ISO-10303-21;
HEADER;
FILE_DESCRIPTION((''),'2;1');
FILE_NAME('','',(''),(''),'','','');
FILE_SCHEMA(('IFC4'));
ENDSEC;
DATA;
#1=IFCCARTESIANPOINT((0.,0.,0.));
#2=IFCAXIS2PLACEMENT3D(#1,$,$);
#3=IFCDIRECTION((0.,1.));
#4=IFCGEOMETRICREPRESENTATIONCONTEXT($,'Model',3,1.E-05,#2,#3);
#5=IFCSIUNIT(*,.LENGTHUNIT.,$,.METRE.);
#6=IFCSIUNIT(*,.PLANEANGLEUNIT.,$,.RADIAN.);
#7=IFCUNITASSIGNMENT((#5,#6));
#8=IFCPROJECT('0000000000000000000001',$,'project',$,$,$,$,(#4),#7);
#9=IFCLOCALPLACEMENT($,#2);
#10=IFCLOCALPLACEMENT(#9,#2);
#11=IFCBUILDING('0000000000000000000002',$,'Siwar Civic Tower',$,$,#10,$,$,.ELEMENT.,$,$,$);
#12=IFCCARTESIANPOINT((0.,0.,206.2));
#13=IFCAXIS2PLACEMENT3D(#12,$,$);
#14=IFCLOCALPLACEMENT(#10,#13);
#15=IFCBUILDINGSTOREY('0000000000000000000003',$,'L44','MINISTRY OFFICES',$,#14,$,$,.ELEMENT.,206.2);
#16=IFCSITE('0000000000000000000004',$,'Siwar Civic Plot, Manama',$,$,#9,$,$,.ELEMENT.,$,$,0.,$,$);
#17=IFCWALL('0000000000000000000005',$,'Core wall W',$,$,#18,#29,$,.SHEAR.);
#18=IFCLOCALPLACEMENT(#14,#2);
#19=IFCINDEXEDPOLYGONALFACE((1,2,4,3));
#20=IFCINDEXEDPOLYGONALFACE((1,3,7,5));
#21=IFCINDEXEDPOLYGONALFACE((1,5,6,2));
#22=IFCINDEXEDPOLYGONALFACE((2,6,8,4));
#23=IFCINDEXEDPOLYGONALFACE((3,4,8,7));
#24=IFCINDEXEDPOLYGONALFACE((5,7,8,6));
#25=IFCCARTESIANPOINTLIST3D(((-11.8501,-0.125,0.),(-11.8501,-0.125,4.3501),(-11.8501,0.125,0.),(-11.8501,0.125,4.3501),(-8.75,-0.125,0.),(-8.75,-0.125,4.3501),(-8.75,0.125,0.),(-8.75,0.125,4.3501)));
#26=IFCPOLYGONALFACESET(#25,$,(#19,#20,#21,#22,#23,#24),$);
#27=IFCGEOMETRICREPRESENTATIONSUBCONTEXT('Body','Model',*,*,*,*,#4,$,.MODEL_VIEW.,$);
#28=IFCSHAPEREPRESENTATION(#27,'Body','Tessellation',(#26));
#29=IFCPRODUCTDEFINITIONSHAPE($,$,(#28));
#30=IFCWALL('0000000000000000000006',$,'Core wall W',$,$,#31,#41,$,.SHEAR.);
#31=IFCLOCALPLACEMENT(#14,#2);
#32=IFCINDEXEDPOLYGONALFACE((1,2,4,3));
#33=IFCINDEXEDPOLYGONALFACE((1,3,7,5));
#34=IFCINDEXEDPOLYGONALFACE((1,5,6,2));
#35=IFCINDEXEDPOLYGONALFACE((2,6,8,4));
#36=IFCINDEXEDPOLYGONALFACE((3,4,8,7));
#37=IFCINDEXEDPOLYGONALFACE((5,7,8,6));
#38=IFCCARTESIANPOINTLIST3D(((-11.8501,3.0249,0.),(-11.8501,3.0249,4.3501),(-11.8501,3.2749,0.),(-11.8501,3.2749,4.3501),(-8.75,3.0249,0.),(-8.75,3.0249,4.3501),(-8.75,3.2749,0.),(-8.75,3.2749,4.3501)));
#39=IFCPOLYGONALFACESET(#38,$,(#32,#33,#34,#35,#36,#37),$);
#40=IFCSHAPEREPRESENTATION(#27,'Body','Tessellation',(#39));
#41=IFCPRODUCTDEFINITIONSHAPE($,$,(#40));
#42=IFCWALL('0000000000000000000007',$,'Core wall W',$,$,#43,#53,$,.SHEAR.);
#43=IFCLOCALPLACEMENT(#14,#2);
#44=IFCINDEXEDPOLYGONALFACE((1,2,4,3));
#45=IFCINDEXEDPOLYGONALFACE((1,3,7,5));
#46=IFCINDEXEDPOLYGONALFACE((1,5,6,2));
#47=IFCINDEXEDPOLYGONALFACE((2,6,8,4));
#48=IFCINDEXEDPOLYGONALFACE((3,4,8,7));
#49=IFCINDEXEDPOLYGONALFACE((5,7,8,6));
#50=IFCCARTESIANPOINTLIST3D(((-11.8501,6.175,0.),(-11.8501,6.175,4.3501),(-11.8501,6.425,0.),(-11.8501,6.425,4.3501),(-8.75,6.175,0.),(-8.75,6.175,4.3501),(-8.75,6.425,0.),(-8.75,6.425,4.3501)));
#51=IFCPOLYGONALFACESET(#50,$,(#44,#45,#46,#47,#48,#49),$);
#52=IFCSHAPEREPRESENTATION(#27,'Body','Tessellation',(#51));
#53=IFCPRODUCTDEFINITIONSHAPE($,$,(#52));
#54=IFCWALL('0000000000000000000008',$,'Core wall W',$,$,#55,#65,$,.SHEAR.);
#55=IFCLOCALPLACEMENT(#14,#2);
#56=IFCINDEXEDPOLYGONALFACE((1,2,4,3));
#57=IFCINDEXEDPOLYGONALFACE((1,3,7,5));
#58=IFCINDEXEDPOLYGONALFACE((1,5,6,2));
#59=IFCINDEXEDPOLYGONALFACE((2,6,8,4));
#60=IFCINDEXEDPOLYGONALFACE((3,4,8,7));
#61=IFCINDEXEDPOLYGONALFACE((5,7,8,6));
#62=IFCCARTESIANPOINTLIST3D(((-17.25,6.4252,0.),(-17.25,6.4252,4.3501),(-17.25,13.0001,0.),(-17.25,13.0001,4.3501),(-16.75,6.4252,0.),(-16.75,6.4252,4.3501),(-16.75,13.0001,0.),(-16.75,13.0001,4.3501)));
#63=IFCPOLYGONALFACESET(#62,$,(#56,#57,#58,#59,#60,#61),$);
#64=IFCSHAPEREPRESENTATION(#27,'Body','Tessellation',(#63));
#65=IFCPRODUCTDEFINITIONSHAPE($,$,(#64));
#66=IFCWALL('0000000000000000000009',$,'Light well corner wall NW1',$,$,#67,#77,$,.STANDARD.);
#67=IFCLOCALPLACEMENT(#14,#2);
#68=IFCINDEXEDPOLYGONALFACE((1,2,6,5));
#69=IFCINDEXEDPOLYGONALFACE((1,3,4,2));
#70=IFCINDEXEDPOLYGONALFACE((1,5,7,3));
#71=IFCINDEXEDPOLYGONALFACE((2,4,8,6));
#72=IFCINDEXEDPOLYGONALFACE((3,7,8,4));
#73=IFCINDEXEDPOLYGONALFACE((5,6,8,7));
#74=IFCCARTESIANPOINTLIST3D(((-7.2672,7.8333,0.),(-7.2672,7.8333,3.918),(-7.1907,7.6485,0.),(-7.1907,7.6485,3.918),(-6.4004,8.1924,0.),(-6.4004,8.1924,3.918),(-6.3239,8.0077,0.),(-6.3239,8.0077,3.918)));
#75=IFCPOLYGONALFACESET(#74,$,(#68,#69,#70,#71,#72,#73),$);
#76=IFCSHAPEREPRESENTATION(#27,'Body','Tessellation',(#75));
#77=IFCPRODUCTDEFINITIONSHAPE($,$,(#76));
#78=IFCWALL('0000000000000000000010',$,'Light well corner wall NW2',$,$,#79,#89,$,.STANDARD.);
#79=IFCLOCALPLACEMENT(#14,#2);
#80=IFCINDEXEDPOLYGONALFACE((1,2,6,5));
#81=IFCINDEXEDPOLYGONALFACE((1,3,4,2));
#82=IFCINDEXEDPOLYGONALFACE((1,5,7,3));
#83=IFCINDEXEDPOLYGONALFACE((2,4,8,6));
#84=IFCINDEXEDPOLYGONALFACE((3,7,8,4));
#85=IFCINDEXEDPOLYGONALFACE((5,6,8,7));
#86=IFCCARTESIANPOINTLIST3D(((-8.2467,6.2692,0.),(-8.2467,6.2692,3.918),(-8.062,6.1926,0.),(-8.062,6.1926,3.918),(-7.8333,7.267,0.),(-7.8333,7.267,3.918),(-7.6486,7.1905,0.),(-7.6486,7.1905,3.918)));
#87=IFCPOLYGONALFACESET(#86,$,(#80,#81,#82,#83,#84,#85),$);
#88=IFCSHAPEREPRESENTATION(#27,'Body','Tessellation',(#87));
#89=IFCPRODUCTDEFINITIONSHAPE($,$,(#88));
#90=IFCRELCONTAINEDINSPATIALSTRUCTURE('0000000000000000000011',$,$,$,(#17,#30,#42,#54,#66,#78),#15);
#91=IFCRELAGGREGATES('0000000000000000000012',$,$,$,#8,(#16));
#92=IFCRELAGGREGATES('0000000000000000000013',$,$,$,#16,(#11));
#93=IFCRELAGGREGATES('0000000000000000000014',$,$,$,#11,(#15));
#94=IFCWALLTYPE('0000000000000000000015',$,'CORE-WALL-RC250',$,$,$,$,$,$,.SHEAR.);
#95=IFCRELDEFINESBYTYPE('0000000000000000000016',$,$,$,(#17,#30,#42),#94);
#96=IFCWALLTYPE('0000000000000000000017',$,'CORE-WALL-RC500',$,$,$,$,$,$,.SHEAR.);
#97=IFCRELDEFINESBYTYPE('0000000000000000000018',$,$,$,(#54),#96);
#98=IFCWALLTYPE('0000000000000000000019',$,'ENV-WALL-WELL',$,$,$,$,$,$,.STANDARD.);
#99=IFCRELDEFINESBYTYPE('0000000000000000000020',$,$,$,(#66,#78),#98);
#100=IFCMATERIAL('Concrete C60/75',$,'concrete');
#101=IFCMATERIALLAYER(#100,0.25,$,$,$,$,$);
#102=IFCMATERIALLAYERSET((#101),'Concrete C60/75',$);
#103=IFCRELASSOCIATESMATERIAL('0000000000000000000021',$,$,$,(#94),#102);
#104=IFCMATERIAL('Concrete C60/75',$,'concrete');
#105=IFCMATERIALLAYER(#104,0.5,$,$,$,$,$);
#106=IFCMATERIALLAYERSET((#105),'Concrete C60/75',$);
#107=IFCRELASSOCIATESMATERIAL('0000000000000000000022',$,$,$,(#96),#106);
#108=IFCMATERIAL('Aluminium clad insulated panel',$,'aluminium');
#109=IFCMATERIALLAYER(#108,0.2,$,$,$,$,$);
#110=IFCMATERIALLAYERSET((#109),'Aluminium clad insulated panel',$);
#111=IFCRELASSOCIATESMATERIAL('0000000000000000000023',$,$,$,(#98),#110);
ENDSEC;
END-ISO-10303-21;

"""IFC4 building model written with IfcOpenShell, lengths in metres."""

from ifc_helpers import new_model, si_unit, direction, frame, frame_2d, origin, place, context, subcontext, project, spatial, rectangle, extrude, material, layer, layer_set, type_object, element, save


model = new_model("IFC4")

# Units and contexts
model_context = context("Model", 3, precision=1e-05, world=origin(), true_north=direction((0.0, 1.0)))
body_context = subcontext(model_context, "Body", "Model", "MODEL_VIEW")
ifc_project = project(units=[si_unit("LENGTHUNIT", "METRE"), si_unit("PLANEANGLEUNIT", "RADIAN")], contexts=[model_context])

# Site, building, storey
site_placement = place(None, origin())
site = spatial("IfcSite", under=ifc_project, at=site_placement, Name="Siwar Civic Plot, Manama", CompositionType="ELEMENT", RefElevation=0.0)
building_placement = place(site_placement, origin())
building = spatial("IfcBuilding", under=site, at=building_placement, Name="Siwar Civic Tower", CompositionType="ELEMENT")
storey_placement = place(building_placement, frame((0.0, 0.0, 206.2)))
storey = spatial("IfcBuildingStorey", under=building, at=storey_placement, Name="L44", Description="MINISTRY OFFICES", CompositionType="ELEMENT", Elevation=206.2)

# Shared definitions
ifc_material_1 = material(Name="Concrete C60/75", Category="concrete")
ifc_layer_1 = layer(ifc_material_1, 0.25)
ifc_layer_set_1 = layer_set([ifc_layer_1], Name="Concrete C60/75")
wall_type_1 = type_object("IfcWallType", Name="CORE-WALL-RC250", PredefinedType="SHEAR", material=ifc_layer_set_1)

# Walls
for number, where, z_axis, x_axis, name in (
    (1, (-8.75, 0.0, 0.0), (0.0, 0.0, 1.0), (-1.0, 0.0, 0.0), "Core wall W"),
    (2, (-8.75, 3.1499, 0.0), (0.0, 0.0, 1.0), (-1.0, 0.0, 0.0), "Core wall W"),
    (3, (-8.75, 6.3, 0.0), (0.0, 0.0, 1.0), (-1.0, 0.0, 0.0), "Core wall W"),
):
    element("IfcWall", number, at=place(storey_placement, frame(where, z_axis=z_axis, x_axis=x_axis)), inside=storey, type_object=wall_type_1, Name=name, PredefinedType="SHEAR", context=body_context, shape_type="SweptSolid", body=[
        extrude(rectangle(XDim=3.1001, YDim=0.25, at=frame_2d((1.55, 0.0))), origin(), (0.0, 0.0, 1.0), 4.3501),
    ])
ifc_material_2 = material(Name="Concrete C60/75", Category="concrete")
ifc_layer_2 = layer(ifc_material_2, 0.5)
ifc_layer_set_2 = layer_set([ifc_layer_2], Name="Concrete C60/75")
wall_type_2 = type_object("IfcWallType", Name="CORE-WALL-RC500", PredefinedType="SHEAR", material=ifc_layer_set_2)
wall_1_placement = place(storey_placement, frame((-17.0, 6.425, 0.0), z_axis=(0.0, 0.0, 1.0), x_axis=(0.0, 1.0, 0.0)))
element("IfcWall", 4, at=wall_1_placement, inside=storey, type_object=wall_type_2, Name="Core wall W", PredefinedType="SHEAR", context=body_context, shape_type="SweptSolid", body=[
    extrude(rectangle(XDim=6.575, YDim=0.5, at=frame_2d((3.2876, 0.0))), origin(), (0.0, 0.0, 1.0), 4.3501),
])
ifc_material_3 = material(Name="Aluminium clad insulated panel", Category="aluminium")
ifc_layer_3 = layer(ifc_material_3, 0.2)
ifc_layer_set_3 = layer_set([ifc_layer_3], Name="Aluminium clad insulated panel")
wall_type_3 = type_object("IfcWallType", Name="ENV-WALL-WELL", PredefinedType="STANDARD", material=ifc_layer_set_3)
wall_2_placement = place(storey_placement, frame((-6.3621, 8.1001, 0.0), z_axis=(0.0, 0.0, 1.0), x_axis=(-0.92383, -0.382804, 0.0)))
element("IfcWall", 5, at=wall_2_placement, inside=storey, type_object=wall_type_3, Name="Light well corner wall NW1", PredefinedType="STANDARD", context=body_context, shape_type="SweptSolid", body=[
    extrude(rectangle(XDim=0.9382, YDim=0.2, at=frame_2d((0.4692, 0.0))), origin(), (0.0, 0.0, 1.0), 3.918),
])
wall_3_placement = place(storey_placement, frame((-7.741, 7.2288, 0.0), z_axis=(0.0, 0.0, 1.0), x_axis=(-0.382704, -0.923871, 0.0)))
element("IfcWall", 6, at=wall_3_placement, inside=storey, type_object=wall_type_3, Name="Light well corner wall NW2", PredefinedType="STANDARD", context=body_context, shape_type="SweptSolid", body=[
    extrude(rectangle(XDim=1.0801, YDim=0.2, at=frame_2d((0.54, 0.0))), origin(), (0.0, 0.0, 1.0), 3.918),
])

save(model, "model.ifc")
